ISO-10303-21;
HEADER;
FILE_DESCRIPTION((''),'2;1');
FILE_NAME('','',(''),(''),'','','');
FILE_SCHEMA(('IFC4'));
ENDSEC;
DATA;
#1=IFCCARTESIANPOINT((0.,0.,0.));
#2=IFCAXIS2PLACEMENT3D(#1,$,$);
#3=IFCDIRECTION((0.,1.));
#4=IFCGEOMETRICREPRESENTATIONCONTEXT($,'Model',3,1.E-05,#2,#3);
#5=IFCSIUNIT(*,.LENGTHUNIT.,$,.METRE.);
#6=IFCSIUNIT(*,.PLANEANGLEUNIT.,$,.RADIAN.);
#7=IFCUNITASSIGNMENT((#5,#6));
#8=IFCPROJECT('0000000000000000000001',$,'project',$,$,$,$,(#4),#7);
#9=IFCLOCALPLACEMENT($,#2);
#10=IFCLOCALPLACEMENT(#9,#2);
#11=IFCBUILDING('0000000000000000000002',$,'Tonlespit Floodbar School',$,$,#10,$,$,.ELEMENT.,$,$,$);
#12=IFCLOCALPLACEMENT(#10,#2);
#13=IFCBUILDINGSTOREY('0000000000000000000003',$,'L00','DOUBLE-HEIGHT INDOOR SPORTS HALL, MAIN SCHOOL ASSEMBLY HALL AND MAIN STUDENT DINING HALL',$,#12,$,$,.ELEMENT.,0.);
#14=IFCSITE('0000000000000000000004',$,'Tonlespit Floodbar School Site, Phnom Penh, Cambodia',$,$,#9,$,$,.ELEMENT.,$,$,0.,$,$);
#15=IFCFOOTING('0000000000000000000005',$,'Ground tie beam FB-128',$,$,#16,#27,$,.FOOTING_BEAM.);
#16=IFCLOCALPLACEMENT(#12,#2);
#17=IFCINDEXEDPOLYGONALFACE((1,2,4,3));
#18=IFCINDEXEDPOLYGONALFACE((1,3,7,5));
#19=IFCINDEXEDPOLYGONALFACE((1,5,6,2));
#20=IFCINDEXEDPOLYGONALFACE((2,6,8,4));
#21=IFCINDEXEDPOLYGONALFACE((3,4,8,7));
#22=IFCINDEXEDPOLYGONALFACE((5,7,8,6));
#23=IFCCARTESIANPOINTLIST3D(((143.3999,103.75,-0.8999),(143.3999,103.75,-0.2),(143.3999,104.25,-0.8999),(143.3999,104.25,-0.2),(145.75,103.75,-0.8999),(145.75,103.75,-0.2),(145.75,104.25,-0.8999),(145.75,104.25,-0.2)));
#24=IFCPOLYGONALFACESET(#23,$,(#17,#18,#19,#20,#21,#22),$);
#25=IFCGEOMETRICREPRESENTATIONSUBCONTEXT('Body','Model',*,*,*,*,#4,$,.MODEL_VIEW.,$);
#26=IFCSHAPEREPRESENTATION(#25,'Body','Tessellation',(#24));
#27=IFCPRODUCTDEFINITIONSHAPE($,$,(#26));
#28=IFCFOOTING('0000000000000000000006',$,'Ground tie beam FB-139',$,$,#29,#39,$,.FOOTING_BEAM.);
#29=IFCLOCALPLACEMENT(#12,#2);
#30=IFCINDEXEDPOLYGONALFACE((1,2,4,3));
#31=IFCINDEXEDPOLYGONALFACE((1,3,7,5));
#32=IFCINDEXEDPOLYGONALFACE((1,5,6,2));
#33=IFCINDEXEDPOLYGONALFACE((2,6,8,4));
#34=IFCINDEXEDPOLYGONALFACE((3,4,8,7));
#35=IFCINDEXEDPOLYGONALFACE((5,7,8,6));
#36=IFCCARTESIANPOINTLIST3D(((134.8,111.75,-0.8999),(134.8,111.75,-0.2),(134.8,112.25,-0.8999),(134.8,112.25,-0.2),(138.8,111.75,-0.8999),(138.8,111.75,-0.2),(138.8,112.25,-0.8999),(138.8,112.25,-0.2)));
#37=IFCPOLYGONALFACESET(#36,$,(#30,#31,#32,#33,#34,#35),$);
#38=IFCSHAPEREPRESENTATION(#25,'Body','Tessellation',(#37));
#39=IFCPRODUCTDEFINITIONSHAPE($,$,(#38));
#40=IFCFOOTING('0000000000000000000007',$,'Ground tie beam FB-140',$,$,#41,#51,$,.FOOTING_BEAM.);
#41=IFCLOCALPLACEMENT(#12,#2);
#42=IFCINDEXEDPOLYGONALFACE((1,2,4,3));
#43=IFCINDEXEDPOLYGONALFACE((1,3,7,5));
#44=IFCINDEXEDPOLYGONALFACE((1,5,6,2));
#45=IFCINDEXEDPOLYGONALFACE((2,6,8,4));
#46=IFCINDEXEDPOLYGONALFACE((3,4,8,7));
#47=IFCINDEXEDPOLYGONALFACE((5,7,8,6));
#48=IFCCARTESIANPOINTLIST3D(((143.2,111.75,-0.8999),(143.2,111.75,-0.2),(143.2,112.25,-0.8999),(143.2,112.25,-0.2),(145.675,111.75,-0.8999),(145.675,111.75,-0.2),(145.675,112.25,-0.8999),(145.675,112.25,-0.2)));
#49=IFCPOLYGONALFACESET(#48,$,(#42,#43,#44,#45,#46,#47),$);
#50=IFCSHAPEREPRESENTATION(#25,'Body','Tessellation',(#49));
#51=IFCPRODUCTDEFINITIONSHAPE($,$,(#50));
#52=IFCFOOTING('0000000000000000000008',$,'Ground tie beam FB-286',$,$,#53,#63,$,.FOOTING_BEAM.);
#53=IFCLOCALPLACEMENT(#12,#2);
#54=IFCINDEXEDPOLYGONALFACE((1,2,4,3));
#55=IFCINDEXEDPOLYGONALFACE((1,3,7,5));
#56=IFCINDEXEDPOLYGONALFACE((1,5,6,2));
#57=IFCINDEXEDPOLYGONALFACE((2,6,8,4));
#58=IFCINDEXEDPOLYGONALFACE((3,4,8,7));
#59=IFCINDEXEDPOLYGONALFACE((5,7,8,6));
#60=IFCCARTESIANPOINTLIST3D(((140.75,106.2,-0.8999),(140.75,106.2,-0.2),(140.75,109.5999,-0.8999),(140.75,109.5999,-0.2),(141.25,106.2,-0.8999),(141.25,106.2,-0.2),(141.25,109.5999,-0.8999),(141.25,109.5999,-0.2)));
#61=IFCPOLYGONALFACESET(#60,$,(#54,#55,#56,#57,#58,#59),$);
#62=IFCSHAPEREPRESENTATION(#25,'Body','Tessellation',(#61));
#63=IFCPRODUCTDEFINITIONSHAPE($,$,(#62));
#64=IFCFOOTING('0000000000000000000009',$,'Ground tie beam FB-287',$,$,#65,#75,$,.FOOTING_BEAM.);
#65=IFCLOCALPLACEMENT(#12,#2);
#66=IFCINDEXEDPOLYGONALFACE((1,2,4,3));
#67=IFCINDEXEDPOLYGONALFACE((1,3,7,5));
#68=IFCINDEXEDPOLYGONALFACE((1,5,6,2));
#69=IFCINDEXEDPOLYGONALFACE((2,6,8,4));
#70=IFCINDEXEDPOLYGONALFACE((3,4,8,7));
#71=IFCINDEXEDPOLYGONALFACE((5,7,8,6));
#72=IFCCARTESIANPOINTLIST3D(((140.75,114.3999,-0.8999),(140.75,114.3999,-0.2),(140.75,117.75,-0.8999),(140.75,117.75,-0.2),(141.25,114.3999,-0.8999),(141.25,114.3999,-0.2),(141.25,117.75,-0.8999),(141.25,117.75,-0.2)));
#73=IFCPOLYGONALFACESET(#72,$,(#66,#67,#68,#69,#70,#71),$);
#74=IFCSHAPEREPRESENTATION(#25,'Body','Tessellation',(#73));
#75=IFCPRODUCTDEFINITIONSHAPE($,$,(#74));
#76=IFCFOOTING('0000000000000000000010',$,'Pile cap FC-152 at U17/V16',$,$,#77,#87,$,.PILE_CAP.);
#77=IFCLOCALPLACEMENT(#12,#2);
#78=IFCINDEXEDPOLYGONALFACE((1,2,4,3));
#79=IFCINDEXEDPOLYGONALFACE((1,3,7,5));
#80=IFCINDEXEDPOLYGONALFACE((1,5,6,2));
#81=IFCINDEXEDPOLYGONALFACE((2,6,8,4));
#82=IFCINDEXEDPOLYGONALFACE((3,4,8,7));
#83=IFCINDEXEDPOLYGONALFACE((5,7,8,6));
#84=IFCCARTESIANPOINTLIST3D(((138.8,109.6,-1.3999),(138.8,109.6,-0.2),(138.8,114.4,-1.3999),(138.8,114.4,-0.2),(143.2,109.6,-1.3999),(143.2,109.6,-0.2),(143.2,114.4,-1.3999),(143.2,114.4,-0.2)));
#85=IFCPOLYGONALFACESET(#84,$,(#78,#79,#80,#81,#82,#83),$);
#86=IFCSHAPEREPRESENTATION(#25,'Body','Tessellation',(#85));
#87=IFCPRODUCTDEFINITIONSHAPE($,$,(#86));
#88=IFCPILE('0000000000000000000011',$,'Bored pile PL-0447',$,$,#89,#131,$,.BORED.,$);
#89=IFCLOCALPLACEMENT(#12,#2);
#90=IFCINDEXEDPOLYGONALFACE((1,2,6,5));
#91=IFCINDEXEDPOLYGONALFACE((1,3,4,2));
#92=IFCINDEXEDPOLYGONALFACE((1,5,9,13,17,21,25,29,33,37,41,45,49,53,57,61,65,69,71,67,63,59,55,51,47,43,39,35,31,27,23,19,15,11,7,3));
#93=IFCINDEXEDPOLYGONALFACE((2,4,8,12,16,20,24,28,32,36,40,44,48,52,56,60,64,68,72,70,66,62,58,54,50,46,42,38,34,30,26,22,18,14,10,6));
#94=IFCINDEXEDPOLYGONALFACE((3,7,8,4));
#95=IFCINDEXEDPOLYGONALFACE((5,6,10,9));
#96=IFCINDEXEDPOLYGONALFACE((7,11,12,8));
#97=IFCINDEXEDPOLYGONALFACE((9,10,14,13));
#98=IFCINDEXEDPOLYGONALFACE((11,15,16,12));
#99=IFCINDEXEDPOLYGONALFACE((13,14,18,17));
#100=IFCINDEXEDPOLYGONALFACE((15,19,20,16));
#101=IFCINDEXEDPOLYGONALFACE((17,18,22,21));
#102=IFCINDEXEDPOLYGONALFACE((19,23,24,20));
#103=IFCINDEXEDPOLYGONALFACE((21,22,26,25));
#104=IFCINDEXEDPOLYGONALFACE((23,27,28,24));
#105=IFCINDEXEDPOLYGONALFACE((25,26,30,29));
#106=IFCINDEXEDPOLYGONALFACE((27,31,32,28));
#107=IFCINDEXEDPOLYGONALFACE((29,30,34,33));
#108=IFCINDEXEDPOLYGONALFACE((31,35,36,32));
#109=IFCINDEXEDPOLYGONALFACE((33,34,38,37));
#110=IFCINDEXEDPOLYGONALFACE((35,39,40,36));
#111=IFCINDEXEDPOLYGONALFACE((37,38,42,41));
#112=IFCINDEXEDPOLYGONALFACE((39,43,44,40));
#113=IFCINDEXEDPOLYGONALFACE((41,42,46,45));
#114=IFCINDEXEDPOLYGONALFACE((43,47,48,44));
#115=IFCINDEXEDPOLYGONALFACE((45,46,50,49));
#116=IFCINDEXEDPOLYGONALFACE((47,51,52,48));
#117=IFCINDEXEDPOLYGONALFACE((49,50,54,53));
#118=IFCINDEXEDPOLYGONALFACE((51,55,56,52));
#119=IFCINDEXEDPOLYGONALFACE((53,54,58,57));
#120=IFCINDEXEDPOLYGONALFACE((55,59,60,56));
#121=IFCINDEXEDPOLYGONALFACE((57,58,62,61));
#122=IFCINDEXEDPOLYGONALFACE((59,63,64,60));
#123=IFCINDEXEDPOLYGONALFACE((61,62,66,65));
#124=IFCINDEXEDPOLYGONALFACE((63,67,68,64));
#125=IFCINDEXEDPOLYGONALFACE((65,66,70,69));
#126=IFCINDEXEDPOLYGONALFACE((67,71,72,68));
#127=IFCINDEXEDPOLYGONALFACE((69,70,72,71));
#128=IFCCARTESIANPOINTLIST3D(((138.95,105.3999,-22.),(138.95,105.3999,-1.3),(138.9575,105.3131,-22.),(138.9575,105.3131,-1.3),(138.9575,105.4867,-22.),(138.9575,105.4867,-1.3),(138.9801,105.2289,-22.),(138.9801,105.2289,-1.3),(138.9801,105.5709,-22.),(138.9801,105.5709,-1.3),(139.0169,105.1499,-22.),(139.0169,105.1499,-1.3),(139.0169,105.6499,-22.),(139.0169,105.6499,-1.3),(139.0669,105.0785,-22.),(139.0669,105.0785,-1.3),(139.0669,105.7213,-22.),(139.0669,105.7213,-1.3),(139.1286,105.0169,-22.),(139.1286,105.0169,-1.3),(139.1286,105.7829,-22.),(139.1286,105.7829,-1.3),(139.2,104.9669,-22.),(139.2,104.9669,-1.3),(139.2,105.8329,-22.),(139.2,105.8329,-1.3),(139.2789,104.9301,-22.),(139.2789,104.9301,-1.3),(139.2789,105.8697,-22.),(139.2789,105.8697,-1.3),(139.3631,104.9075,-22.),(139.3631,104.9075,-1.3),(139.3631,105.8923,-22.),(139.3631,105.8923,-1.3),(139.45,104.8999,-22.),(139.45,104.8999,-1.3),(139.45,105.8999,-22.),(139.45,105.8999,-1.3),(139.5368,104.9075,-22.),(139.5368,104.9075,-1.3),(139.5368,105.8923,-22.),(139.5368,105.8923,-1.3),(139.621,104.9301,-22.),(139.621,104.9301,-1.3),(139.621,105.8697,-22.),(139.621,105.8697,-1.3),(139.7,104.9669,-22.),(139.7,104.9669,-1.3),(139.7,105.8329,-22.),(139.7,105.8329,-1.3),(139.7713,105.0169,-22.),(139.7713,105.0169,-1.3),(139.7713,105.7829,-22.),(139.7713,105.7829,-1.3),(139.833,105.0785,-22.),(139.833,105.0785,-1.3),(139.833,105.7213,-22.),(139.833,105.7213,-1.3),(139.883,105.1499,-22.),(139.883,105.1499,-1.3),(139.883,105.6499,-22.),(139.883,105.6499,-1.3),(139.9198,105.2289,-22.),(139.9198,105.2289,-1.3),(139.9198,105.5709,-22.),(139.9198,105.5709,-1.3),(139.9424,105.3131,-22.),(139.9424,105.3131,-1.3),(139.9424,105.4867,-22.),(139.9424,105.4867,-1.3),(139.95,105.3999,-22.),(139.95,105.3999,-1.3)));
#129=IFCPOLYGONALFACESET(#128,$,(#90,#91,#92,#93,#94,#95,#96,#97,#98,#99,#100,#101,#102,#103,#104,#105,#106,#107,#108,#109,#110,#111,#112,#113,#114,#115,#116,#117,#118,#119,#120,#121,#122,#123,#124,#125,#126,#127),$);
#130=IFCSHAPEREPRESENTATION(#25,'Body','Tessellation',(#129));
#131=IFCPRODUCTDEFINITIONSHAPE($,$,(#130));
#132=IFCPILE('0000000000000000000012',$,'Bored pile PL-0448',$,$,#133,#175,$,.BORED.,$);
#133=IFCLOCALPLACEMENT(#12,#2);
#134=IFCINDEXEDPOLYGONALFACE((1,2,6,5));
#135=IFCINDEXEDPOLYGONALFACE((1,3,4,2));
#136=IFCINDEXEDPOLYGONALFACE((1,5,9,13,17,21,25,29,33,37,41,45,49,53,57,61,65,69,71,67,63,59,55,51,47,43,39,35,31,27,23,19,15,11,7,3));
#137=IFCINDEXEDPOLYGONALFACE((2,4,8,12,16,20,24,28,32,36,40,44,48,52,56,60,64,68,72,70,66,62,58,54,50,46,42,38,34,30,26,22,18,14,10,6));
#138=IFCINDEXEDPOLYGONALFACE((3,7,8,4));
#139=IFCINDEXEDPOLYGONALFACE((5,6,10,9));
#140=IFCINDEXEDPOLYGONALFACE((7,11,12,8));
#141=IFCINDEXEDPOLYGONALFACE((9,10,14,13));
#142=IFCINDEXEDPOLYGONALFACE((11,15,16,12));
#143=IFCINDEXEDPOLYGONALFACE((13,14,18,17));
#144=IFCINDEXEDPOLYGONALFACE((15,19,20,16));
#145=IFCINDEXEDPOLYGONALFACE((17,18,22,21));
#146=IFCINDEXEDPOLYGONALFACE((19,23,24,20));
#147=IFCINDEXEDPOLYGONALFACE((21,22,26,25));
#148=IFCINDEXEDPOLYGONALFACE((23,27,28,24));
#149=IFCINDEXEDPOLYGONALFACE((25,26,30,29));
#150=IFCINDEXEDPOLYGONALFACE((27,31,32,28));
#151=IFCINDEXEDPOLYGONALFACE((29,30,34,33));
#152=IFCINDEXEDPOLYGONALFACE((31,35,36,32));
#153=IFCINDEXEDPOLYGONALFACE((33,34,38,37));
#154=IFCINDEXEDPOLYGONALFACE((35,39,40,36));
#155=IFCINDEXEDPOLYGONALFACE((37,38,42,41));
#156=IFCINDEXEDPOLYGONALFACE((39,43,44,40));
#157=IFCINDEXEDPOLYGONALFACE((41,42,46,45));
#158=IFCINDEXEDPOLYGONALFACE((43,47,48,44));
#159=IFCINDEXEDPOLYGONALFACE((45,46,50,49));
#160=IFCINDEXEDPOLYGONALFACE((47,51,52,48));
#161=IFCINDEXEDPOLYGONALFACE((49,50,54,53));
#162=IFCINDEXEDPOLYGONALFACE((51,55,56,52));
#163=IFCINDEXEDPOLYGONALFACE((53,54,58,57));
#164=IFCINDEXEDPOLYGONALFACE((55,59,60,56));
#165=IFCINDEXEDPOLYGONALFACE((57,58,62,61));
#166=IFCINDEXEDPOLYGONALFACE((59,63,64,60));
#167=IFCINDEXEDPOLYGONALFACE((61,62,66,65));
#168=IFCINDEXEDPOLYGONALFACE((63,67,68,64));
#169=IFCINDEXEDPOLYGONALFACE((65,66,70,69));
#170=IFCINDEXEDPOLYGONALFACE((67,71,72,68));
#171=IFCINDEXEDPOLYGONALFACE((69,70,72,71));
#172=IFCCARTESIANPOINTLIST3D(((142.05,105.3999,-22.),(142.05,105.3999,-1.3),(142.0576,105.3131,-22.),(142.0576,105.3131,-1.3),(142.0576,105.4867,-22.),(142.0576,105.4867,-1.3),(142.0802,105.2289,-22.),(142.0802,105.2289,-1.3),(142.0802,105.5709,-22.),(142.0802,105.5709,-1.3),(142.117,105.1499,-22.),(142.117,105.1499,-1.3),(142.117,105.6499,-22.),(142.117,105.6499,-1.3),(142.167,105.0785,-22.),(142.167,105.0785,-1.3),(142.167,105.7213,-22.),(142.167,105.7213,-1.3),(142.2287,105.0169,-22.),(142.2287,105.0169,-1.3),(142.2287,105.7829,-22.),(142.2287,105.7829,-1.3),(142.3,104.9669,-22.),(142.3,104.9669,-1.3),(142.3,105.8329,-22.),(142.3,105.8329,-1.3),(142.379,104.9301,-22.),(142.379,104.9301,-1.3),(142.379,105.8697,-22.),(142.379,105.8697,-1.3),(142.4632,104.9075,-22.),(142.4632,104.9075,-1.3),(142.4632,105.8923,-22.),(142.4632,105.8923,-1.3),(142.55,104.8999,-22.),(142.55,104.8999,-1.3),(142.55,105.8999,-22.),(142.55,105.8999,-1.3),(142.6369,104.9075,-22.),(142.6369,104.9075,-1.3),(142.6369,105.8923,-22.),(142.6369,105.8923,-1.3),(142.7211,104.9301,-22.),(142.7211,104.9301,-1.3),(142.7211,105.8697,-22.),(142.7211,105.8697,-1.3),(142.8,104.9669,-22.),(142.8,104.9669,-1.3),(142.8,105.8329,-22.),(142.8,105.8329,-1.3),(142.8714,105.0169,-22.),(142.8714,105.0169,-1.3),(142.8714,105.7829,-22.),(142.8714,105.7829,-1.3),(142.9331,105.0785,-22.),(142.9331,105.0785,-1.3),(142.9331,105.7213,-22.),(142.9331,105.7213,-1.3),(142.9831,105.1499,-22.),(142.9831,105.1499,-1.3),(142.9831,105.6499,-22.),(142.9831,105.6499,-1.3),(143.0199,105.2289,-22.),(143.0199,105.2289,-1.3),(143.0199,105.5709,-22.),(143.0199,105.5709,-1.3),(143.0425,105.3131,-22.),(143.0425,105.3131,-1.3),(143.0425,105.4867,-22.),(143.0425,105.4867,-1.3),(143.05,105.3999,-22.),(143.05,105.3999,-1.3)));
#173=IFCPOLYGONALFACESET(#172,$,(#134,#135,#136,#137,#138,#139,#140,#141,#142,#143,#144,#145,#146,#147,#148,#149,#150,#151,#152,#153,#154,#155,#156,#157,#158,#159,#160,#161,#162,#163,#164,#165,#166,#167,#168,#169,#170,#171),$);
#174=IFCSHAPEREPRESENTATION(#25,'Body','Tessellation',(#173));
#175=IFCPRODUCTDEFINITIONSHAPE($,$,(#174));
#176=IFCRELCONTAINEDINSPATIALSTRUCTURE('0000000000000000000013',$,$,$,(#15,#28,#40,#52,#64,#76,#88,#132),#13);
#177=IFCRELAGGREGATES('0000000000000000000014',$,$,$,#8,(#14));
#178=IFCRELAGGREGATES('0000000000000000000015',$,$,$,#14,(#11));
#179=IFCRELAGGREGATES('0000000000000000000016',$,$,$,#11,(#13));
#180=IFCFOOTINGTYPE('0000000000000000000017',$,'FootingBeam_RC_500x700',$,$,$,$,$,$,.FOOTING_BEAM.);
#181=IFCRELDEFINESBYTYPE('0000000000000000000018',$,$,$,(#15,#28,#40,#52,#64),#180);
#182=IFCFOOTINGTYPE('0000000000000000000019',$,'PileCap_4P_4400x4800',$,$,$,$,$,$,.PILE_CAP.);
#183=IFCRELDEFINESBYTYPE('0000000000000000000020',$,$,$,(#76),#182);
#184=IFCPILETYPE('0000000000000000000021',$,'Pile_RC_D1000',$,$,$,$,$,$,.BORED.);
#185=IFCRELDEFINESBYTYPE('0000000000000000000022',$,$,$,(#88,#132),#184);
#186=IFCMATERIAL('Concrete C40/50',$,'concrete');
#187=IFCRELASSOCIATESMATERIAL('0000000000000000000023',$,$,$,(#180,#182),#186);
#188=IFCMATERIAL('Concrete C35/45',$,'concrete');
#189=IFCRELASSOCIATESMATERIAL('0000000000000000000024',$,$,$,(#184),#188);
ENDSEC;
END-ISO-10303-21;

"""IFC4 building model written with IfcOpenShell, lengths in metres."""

from ifc_helpers import new_model, si_unit, direction, frame, origin, origin_2d, place, context, subcontext, project, spatial, rectangle, circle, extrude, material, material_profile, profile_set, type_object, element, save


model = new_model("IFC4")

# Units and contexts
model_context = context("Model", 3, precision=1e-05, world=origin(), true_north=direction((0.0, 1.0)))
body_context = subcontext(model_context, "Body", "Model", "MODEL_VIEW")
ifc_project = project(units=[si_unit("LENGTHUNIT", "METRE"), si_unit("PLANEANGLEUNIT", "RADIAN")], contexts=[model_context])

# Site, building, storey
site_placement = place(None, origin())
site = spatial("IfcSite", under=ifc_project, at=site_placement, Name="Tonlespit Floodbar School Site, Phnom Penh, Cambodia", CompositionType="ELEMENT", RefElevation=0.0)
building_placement = place(site_placement, origin())
building = spatial("IfcBuilding", under=site, at=building_placement, Name="Tonlespit Floodbar School", CompositionType="ELEMENT")
storey_placement = place(building_placement, origin())
storey = spatial("IfcBuildingStorey", under=building, at=storey_placement, Name="L00", Description="DOUBLE-HEIGHT INDOOR SPORTS HALL, MAIN SCHOOL ASSEMBLY HALL AND MAIN STUDENT DINING HALL", CompositionType="ELEMENT", Elevation=0.0)

# Footings
ifc_material_1 = material(Name="Concrete C40/50", Category="concrete")
footing_type_1 = type_object("IfcFootingType", Name="FootingBeam_RC_500x700", PredefinedType="FOOTING_BEAM", material=ifc_material_1)
footing_1_placement = place(storey_placement, frame((144.575, 104.0, -0.8999), z_axis=(0.0, 0.0, 1.0), x_axis=(1.0, 0.0, 0.0)))
element("IfcFooting", 1, at=footing_1_placement, inside=storey, type_object=footing_type_1, Name="Ground tie beam FB-128", PredefinedType="FOOTING_BEAM", context=body_context, shape_type="SweptSolid", body=[
    extrude(rectangle(XDim=2.3501, YDim=0.5, at=origin_2d()), origin(), (0.0, 0.0, 1.0), 0.7),
])
footing_2_placement = place(storey_placement, frame((136.8, 112.0, -0.8999), z_axis=(0.0, 0.0, 1.0), x_axis=(1.0, 0.0, 0.0)))
element("IfcFooting", 2, at=footing_2_placement, inside=storey, type_object=footing_type_1, Name="Ground tie beam FB-139", PredefinedType="FOOTING_BEAM", context=body_context, shape_type="SweptSolid", body=[
    extrude(rectangle(XDim=4.0, YDim=0.5, at=origin_2d()), origin(), (0.0, 0.0, 1.0), 0.7),
])
footing_3_placement = place(storey_placement, frame((144.4375, 112.0, -0.8999), z_axis=(0.0, 0.0, 1.0), x_axis=(1.0, 0.0, 0.0)))
element("IfcFooting", 3, at=footing_3_placement, inside=storey, type_object=footing_type_1, Name="Ground tie beam FB-140", PredefinedType="FOOTING_BEAM", context=body_context, shape_type="SweptSolid", body=[
    extrude(rectangle(XDim=2.4751, YDim=0.5, at=origin_2d()), origin(), (0.0, 0.0, 1.0), 0.7),
])
footing_4_placement = place(storey_placement, frame((141.0, 107.8999, -0.8999), z_axis=(0.0, 0.0, 1.0), x_axis=(0.0, 1.0, 0.0)))
element("IfcFooting", 4, at=footing_4_placement, inside=storey, type_object=footing_type_1, Name="Ground tie beam FB-286", PredefinedType="FOOTING_BEAM", context=body_context, shape_type="SweptSolid", body=[
    extrude(rectangle(XDim=3.3999, YDim=0.5, at=origin_2d()), origin(), (0.0, 0.0, 1.0), 0.7),
])
footing_5_placement = place(storey_placement, frame((141.0, 116.075, -0.8999), z_axis=(0.0, 0.0, 1.0), x_axis=(0.0, 1.0, 0.0)))
element("IfcFooting", 5, at=footing_5_placement, inside=storey, type_object=footing_type_1, Name="Ground tie beam FB-287", PredefinedType="FOOTING_BEAM", context=body_context, shape_type="SweptSolid", body=[
    extrude(rectangle(XDim=3.3501, YDim=0.5, at=origin_2d()), origin(), (0.0, 0.0, 1.0), 0.7),
])
footing_type_2 = type_object("IfcFootingType", Name="PileCap_4P_4400x4800", PredefinedType="PILE_CAP", material=ifc_material_1)
footing_6_placement = place(storey_placement, frame((141.0, 112.0, -1.3999), z_axis=(0.0, 0.0, 1.0), x_axis=(1.0, 0.0, 0.0)))
element("IfcFooting", 6, at=footing_6_placement, inside=storey, type_object=footing_type_2, Name="Pile cap FC-152 at U17/V16", PredefinedType="PILE_CAP", context=body_context, shape_type="SweptSolid", body=[
    extrude(rectangle(XDim=4.3999, YDim=4.8, at=origin_2d()), origin(), (0.0, 0.0, 1.0), 1.2),
])

# Piles
ifc_material_2 = material(Name="Concrete C35/45", Category="concrete")
ifc_material_profile_1 = material_profile(ifc_material_2, circle(Radius=0.5, at=origin_2d()), Name="BP D1000")
ifc_profile_set_1 = profile_set([ifc_material_profile_1], Name="Concrete C35/45")
pile_type = type_object("IfcPileType", Name="Pile_RC_D1000", PredefinedType="BORED", material=ifc_profile_set_1)
for number, where, z_axis, x_axis, name in (
    (7, (139.45, 105.3999, -1.3), (0.0, 0.0, -1.0), (1.0, 0.0, 0.0), "Bored pile PL-0447"),
    (8, (142.55, 105.3999, -1.3), (0.0, 0.0, -1.0), (1.0, 0.0, 0.0), "Bored pile PL-0448"),
):
    element("IfcPile", number, at=place(storey_placement, frame(where, z_axis=z_axis, x_axis=x_axis)), inside=storey, type_object=pile_type, Name=name, PredefinedType="BORED", context=body_context, shape_type="SweptSolid", body=[
        extrude(circle(Radius=0.5, at=origin_2d()), origin(), (0.0, 0.0, 1.0), 20.7),
    ])

save(model, "model.ifc")
